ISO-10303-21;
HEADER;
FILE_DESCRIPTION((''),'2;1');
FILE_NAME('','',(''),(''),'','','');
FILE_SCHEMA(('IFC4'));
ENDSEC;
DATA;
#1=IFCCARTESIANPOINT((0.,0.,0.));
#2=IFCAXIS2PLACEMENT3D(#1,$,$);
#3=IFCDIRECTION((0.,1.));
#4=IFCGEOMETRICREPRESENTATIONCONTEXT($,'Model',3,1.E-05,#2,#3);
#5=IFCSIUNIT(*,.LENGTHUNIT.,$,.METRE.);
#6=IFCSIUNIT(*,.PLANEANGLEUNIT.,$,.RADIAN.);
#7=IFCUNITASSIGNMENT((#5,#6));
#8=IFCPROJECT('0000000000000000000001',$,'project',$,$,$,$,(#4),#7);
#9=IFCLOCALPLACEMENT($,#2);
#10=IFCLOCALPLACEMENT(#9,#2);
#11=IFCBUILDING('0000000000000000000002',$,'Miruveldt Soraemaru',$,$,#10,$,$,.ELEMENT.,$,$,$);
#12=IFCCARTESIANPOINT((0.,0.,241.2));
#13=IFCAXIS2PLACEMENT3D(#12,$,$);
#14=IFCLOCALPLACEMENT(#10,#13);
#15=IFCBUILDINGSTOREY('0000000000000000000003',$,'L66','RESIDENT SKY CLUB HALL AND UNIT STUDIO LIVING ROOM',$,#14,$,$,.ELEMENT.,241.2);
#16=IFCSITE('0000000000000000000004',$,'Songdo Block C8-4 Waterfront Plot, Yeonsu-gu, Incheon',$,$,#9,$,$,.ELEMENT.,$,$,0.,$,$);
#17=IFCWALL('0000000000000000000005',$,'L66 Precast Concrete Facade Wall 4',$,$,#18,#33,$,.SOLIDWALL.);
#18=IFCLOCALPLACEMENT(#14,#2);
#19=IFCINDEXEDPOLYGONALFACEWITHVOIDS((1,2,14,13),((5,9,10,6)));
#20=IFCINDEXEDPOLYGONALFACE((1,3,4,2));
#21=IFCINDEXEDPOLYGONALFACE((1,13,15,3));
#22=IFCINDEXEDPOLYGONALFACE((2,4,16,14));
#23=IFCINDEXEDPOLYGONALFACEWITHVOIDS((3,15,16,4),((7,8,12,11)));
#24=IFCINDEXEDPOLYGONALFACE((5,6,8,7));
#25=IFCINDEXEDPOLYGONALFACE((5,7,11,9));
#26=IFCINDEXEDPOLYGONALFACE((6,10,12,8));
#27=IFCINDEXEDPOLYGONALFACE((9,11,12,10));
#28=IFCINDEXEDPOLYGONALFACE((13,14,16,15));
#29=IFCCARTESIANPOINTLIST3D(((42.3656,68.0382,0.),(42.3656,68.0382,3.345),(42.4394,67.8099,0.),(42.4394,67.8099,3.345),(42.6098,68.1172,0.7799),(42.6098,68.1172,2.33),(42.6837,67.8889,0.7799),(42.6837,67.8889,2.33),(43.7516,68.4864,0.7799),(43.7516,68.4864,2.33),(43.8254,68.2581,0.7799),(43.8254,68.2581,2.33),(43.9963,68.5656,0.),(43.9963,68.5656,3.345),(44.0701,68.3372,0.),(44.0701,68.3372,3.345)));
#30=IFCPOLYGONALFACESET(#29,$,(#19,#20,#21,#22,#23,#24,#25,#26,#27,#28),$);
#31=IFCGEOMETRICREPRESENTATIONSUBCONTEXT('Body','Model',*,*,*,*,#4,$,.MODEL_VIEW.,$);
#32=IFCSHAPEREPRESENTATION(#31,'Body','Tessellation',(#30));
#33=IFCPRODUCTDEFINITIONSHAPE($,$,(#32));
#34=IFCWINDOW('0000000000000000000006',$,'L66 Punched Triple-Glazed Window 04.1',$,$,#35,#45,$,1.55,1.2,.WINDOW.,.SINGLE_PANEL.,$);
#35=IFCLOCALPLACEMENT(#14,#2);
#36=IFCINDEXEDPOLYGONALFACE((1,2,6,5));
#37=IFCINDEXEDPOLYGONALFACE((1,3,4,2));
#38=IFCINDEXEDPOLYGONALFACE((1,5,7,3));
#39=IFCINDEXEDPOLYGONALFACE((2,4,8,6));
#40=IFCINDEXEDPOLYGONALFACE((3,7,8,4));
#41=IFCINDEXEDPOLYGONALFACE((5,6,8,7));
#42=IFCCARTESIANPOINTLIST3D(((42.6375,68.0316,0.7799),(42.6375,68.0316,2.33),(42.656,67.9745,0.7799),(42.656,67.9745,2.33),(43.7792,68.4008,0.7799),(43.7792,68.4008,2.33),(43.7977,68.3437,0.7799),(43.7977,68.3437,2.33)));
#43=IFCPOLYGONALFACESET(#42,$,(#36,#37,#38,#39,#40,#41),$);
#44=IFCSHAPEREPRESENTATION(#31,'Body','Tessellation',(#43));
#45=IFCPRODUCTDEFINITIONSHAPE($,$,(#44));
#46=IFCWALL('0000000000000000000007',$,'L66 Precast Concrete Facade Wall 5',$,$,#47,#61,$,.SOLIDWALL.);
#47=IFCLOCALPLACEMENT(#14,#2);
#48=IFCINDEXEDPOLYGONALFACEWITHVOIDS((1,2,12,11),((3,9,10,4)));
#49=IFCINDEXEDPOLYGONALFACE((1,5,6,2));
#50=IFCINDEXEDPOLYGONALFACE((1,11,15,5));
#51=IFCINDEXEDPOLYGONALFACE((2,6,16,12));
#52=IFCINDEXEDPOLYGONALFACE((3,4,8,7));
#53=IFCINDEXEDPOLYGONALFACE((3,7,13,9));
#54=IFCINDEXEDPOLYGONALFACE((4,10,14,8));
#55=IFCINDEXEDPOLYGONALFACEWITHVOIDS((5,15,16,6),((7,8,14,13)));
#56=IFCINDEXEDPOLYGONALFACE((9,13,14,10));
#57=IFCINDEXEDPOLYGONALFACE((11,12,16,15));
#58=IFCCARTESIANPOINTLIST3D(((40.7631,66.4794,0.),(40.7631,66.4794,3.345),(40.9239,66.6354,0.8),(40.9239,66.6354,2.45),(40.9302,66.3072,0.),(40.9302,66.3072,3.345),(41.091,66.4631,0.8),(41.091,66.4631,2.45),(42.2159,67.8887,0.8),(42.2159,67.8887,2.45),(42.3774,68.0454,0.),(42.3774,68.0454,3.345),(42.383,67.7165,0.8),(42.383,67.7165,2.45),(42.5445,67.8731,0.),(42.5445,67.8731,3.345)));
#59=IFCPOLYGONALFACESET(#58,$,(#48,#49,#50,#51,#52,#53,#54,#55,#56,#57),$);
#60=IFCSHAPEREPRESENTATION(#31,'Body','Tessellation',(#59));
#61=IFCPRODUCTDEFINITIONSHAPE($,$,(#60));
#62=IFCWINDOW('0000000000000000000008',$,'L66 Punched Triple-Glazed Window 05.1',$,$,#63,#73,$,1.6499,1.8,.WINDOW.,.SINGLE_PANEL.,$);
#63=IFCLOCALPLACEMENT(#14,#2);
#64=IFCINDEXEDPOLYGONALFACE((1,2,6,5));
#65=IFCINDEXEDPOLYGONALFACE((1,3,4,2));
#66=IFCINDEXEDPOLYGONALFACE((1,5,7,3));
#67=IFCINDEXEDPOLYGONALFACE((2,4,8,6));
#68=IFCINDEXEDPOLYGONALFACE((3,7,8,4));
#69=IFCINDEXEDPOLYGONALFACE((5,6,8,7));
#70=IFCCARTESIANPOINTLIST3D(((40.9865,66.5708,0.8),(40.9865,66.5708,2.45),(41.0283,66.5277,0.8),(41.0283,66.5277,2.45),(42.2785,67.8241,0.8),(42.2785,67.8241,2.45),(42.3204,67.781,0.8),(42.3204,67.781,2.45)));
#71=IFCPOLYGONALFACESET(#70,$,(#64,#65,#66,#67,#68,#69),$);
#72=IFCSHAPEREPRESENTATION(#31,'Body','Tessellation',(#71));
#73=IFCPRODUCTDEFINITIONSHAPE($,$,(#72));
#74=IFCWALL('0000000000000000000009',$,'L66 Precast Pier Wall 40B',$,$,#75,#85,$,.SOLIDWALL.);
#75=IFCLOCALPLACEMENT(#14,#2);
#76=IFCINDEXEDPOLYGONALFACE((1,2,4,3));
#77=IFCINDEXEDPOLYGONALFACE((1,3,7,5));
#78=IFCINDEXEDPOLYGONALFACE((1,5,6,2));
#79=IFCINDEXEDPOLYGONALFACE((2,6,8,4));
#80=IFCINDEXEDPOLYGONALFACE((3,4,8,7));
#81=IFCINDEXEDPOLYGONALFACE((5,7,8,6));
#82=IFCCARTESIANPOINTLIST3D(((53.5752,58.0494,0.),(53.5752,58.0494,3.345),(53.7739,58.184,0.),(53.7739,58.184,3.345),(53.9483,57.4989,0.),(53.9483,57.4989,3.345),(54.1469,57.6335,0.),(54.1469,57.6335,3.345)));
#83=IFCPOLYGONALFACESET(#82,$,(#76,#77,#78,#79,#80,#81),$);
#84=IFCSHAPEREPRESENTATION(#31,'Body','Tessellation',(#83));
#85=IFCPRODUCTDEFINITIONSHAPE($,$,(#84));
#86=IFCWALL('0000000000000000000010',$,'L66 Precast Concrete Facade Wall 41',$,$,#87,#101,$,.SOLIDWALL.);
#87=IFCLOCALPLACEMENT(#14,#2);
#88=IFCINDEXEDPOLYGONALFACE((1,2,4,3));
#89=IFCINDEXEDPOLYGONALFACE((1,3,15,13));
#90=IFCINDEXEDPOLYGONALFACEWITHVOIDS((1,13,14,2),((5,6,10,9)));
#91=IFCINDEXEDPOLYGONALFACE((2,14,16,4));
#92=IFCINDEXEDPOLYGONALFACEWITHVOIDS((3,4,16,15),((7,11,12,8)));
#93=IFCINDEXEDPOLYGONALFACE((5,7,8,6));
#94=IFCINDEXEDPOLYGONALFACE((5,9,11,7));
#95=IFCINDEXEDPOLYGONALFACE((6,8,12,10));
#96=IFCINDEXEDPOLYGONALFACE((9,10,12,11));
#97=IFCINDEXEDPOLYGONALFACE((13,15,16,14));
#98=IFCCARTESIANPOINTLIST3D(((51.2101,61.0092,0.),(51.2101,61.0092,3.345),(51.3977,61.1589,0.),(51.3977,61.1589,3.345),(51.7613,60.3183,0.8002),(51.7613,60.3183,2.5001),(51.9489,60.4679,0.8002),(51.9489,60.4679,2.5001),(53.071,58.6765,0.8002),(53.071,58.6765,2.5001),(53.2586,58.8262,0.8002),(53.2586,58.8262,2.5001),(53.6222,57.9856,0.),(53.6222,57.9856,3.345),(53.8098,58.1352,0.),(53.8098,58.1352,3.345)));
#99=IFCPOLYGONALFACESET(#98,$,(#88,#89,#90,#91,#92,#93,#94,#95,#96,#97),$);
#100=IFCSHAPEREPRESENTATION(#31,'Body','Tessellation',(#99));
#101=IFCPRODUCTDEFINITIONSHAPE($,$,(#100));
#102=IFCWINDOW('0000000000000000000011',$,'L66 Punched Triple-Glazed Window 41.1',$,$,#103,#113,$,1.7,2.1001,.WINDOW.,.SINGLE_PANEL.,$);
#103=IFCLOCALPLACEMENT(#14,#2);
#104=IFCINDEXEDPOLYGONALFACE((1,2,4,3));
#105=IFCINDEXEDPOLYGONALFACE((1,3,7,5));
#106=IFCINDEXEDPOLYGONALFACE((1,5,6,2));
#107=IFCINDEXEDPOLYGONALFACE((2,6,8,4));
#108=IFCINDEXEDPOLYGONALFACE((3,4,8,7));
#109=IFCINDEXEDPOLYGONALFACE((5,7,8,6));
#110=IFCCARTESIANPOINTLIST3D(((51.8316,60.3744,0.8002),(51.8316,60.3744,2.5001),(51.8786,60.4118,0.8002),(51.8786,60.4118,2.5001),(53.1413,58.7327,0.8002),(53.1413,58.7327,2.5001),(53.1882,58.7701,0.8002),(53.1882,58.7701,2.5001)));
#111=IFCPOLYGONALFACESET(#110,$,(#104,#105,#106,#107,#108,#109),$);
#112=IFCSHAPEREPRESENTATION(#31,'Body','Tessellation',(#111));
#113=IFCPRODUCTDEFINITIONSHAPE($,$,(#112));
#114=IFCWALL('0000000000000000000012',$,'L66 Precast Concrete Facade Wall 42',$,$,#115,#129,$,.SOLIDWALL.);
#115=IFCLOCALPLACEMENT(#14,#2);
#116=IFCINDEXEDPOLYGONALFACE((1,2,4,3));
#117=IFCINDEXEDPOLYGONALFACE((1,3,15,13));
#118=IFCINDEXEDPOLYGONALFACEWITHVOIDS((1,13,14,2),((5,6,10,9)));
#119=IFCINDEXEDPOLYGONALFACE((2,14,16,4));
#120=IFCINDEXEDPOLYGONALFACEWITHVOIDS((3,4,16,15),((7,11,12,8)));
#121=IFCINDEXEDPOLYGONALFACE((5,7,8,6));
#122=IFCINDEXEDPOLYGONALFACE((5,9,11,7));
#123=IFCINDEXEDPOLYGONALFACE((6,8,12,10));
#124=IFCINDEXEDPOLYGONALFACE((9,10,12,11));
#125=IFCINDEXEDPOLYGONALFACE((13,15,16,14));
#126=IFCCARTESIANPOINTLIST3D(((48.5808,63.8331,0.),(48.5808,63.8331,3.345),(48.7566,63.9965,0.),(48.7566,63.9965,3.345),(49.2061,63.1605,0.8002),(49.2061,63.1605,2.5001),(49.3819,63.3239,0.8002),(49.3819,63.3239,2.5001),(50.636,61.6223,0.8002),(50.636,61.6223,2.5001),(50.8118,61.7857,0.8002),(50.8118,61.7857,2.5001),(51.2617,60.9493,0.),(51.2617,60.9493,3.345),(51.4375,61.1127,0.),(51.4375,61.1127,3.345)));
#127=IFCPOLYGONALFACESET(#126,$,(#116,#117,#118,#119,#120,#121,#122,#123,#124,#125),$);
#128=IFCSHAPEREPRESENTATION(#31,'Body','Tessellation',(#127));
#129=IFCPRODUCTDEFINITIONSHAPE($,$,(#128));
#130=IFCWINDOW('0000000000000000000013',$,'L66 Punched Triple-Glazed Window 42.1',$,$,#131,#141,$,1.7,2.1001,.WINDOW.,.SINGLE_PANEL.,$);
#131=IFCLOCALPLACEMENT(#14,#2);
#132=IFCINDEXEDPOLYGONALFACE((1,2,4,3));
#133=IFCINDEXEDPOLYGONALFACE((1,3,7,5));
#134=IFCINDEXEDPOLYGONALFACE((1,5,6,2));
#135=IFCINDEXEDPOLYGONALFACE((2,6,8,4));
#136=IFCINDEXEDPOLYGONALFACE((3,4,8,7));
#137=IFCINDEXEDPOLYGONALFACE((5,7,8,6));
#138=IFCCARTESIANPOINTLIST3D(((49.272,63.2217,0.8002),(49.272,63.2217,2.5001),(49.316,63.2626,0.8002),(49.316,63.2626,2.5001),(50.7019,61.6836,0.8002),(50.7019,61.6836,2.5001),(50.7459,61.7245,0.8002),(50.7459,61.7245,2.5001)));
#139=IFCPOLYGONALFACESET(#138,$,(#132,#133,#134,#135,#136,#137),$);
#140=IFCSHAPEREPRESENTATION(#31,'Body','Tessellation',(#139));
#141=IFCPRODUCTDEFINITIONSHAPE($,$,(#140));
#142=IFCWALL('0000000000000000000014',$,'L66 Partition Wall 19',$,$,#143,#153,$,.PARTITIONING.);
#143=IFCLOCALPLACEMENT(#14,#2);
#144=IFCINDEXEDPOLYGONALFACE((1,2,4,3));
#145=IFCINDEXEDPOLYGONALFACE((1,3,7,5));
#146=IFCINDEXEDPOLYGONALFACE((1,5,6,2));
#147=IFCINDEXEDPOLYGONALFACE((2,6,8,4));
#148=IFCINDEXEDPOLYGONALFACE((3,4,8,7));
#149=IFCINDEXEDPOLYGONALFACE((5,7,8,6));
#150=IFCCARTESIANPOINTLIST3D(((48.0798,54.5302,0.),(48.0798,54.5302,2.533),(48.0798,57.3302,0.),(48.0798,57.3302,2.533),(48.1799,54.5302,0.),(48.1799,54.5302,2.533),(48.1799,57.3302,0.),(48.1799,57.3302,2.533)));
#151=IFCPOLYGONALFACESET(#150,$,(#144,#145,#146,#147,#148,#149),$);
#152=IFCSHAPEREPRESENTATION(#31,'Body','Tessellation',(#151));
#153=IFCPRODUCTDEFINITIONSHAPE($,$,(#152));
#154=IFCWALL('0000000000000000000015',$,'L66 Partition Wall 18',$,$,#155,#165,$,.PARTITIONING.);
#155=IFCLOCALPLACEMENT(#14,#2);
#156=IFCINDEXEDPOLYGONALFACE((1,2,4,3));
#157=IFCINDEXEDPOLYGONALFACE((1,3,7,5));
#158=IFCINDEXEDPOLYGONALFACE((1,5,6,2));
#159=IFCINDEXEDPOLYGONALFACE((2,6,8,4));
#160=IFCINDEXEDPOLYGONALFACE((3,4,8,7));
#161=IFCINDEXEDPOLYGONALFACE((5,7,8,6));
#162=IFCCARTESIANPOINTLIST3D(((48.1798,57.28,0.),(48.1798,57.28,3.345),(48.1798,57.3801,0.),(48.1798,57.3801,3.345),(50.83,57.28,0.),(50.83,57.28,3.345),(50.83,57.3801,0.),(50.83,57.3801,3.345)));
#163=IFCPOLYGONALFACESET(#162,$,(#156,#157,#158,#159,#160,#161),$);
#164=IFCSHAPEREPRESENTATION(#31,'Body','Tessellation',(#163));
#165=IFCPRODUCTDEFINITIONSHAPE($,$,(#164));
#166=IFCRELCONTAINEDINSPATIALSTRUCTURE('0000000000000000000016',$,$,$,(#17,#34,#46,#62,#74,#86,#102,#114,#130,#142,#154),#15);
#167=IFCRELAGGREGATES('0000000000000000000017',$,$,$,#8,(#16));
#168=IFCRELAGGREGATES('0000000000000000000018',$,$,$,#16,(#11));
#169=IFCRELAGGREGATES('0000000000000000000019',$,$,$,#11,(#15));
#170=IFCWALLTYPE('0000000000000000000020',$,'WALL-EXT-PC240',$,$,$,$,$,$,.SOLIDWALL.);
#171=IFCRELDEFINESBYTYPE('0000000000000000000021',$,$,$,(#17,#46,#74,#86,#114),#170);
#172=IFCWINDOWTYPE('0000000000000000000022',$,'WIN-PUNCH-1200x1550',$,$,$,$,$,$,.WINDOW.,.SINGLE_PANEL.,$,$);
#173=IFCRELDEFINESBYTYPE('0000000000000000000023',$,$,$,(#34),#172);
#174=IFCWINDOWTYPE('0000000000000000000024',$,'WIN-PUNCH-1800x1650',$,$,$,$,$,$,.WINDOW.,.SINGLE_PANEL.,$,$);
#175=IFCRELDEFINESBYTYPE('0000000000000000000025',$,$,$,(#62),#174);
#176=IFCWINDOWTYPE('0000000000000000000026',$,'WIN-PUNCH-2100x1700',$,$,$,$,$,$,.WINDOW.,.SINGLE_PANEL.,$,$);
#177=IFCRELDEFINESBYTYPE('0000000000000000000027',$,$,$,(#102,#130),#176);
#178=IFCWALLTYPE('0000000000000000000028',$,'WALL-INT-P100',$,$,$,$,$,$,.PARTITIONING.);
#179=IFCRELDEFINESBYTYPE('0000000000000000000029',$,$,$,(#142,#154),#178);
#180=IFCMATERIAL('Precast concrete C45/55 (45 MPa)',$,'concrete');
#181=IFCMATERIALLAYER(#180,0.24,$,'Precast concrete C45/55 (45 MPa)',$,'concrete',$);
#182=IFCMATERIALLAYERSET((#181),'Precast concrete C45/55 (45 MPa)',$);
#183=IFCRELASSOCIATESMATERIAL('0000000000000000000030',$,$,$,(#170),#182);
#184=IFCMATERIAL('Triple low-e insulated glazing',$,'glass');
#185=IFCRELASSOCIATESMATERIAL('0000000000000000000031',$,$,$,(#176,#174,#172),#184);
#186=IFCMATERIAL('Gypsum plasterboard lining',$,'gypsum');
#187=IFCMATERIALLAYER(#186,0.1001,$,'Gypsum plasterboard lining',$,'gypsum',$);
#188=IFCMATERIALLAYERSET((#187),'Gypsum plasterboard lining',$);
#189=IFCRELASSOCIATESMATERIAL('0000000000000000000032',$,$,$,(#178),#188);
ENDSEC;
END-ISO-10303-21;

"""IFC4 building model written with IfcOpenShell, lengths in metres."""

from ifc_helpers import new_model, si_unit, direction, frame, frame_2d, origin, place, context, subcontext, project, spatial, rectangle, extrude, material, layer, layer_set, type_object, element, fill, save


model = new_model("IFC4")

# Units and contexts
model_context = context("Model", 3, precision=1e-05, world=origin(), true_north=direction((0.0, 1.0)))
body_context = subcontext(model_context, "Body", "Model", "MODEL_VIEW")
ifc_project = project(units=[si_unit("LENGTHUNIT", "METRE"), si_unit("PLANEANGLEUNIT", "RADIAN")], contexts=[model_context])

# Site, building, storey
site_placement = place(None, origin())
site = spatial("IfcSite", under=ifc_project, at=site_placement, Name="Songdo Block C8-4 Waterfront Plot, Yeonsu-gu, Incheon", CompositionType="ELEMENT", RefElevation=0.0)
building_placement = place(site_placement, origin())
building = spatial("IfcBuilding", under=site, at=building_placement, Name="Miruveldt Soraemaru", CompositionType="ELEMENT")
storey_placement = place(building_placement, frame((0.0, 0.0, 241.2)))
storey = spatial("IfcBuildingStorey", under=building, at=storey_placement, Name="L66", Description="RESIDENT SKY CLUB HALL AND UNIT STUDIO LIVING ROOM", CompositionType="ELEMENT", Elevation=241.2)

# Walls, openings, windows
ifc_material_1 = material(Name="Precast concrete C45/55 (45 MPa)", Category="concrete")
ifc_layer_1 = layer(ifc_material_1, 0.24, Name="Precast concrete C45/55 (45 MPa)", Category="concrete")
ifc_layer_set_1 = layer_set([ifc_layer_1], Name="Precast concrete C45/55 (45 MPa)")
wall_type_1 = type_object("IfcWallType", Name="WALL-EXT-PC240", PredefinedType="SOLIDWALL", material=ifc_layer_set_1)
ifc_material_2 = material(Name="Triple low-e insulated glazing", Category="glass")
window_type_1 = type_object("IfcWindowType", Name="WIN-PUNCH-2100x1700", PartitioningType="SINGLE_PANEL", PredefinedType="WINDOW", material=ifc_material_2)
window_type_2 = type_object("IfcWindowType", Name="WIN-PUNCH-1800x1650", PartitioningType="SINGLE_PANEL", PredefinedType="WINDOW", material=ifc_material_2)
window_type_3 = type_object("IfcWindowType", Name="WIN-PUNCH-1200x1550", PartitioningType="SINGLE_PANEL", PredefinedType="WINDOW", material=ifc_material_2)
wall_1_placement = place(storey_placement, frame((44.0332, 68.4514, 0.0), z_axis=(0.0, 0.0, 1.0), x_axis=(-0.95148, -0.30771, 0.0)))
wall_1 = element("IfcWall", 1, at=wall_1_placement, inside=storey, type_object=wall_type_1, Name="L66 Precast Concrete Facade Wall 4", PredefinedType="SOLIDWALL", context=body_context, shape_type="SweptSolid", body=[
    extrude(rectangle(XDim=1.7139, YDim=0.24, at=frame_2d((0.8569, 0.0))), origin(), (0.0, 0.0, 1.0), 3.345),
])
opening_1_placement = place(wall_1_placement, frame((0.2571, 0.0, 0.78)))
opening_1 = element("IfcOpeningElement", 2, at=opening_1_placement, cuts=wall_1, PredefinedType="OPENING", context=body_context, shape_type="SweptSolid", body=[
    extrude(rectangle(XDim=1.2, YDim=1.55, at=frame_2d((0.6001, 0.7749))), frame((0.0, 0.1299, 0.0), z_axis=(0.0, -1.0, 0.0), x_axis=(1.0, 0.0, 0.0)), (0.0, 0.0, 1.0), 0.26),
])
window_1_placement = place(opening_1_placement, origin())
window_1 = element("IfcWindow", 3, at=window_1_placement, inside=storey, type_object=window_type_3, Name="L66 Punched Triple-Glazed Window 04.1", OverallHeight=1.55, OverallWidth=1.2, PartitioningType="SINGLE_PANEL", PredefinedType="WINDOW", context=body_context, shape_type="SweptSolid", body=[
    extrude(rectangle(XDim=1.2, YDim=1.55, at=frame_2d((0.6001, 0.7749))), frame((0.0, 0.03, 0.0), z_axis=(0.0, -1.0, 0.0), x_axis=(1.0, 0.0, 0.0)), (0.0, 0.0, 1.0), 0.0601),
])
fill(opening_1, window_1)
wall_2_placement = place(storey_placement, frame((42.4609, 67.9592, 0.0), z_axis=(0.0, 0.0, 1.0), x_axis=(-0.717772, -0.696278, 0.0)))
wall_2 = element("IfcWall", 4, at=wall_2_placement, inside=storey, type_object=wall_type_1, Name="L66 Precast Concrete Facade Wall 5", PredefinedType="SOLIDWALL", context=body_context, shape_type="SweptSolid", body=[
    extrude(rectangle(XDim=2.249, YDim=0.24, at=frame_2d((1.1245, 0.0))), origin(), (0.0, 0.0, 1.0), 3.345),
])
opening_2_placement = place(wall_2_placement, frame((0.2251, 0.0, 0.8)))
opening_2 = element("IfcOpeningElement", 5, at=opening_2_placement, cuts=wall_2, PredefinedType="OPENING", context=body_context, shape_type="SweptSolid", body=[
    extrude(rectangle(XDim=1.8, YDim=1.6499, at=frame_2d((0.8999, 0.825))), frame((0.0, 0.1299, 0.0), z_axis=(0.0, -1.0, 0.0), x_axis=(1.0, 0.0, 0.0)), (0.0, 0.0, 1.0), 0.26),
])
window_2_placement = place(opening_2_placement, origin())
window_2 = element("IfcWindow", 6, at=window_2_placement, inside=storey, type_object=window_type_2, Name="L66 Punched Triple-Glazed Window 05.1", OverallHeight=1.6499, OverallWidth=1.8, PartitioningType="SINGLE_PANEL", PredefinedType="WINDOW", context=body_context, shape_type="SweptSolid", body=[
    extrude(rectangle(XDim=1.8, YDim=1.6499, at=frame_2d((0.8999, 0.825))), frame((0.0, 0.03, 0.0), z_axis=(0.0, -1.0, 0.0), x_axis=(1.0, 0.0, 0.0)), (0.0, 0.0, 1.0), 0.0601),
])
fill(opening_2, window_2)

# Wall
wall_3_placement = place(storey_placement, frame((54.0476, 57.5662, 0.0), z_axis=(0.0, 0.0, 1.0), x_axis=(-0.560954, 0.827847, 0.0)))
element("IfcWall", 7, at=wall_3_placement, inside=storey, type_object=wall_type_1, Name="L66 Precast Pier Wall 40B", PredefinedType="SOLIDWALL", context=body_context, shape_type="SweptSolid", body=[
    extrude(rectangle(XDim=0.665, YDim=0.24, at=frame_2d((0.3325, 0.0))), origin(), (0.0, 0.0, 1.0), 3.345),
])

# Walls, openings, windows
wall_4_placement = place(storey_placement, frame((53.7161, 58.0603, 0.0), z_axis=(0.0, 0.0, 1.0), x_axis=(-0.623617, 0.78173, 0.0)))
wall_4 = element("IfcWall", 8, at=wall_4_placement, inside=storey, type_object=wall_type_1, Name="L66 Precast Concrete Facade Wall 41", PredefinedType="SOLIDWALL", context=body_context, shape_type="SweptSolid", body=[
    extrude(rectangle(XDim=3.8679, YDim=0.24, at=frame_2d((1.9341, 0.0))), origin(), (0.0, 0.0, 1.0), 3.345),
])
opening_3_placement = place(wall_4_placement, frame((0.884, 0.0, 0.8)))
opening_3 = element("IfcOpeningElement", 9, at=opening_3_placement, cuts=wall_4, PredefinedType="OPENING", context=body_context, shape_type="SweptSolid", body=[
    extrude(rectangle(XDim=2.1001, YDim=1.7, at=frame_2d((1.05, 0.8501))), frame((0.0, 0.1299, 0.0), z_axis=(0.0, -1.0, 0.0), x_axis=(1.0, 0.0, 0.0)), (0.0, 0.0, 1.0), 0.26),
])
window_3_placement = place(opening_3_placement, origin())
window_3 = element("IfcWindow", 10, at=window_3_placement, inside=storey, type_object=window_type_1, Name="L66 Punched Triple-Glazed Window 41.1", OverallHeight=1.7, OverallWidth=2.1001, PartitioningType="SINGLE_PANEL", PredefinedType="WINDOW", context=body_context, shape_type="SweptSolid", body=[
    extrude(rectangle(XDim=2.1001, YDim=1.7, at=frame_2d((1.05, 0.8501))), frame((0.0, 0.03, 0.0), z_axis=(0.0, -1.0, 0.0), x_axis=(1.0, 0.0, 0.0)), (0.0, 0.0, 1.0), 0.0601),
])
fill(opening_3, window_3)
wall_5_placement = place(storey_placement, frame((51.3496, 61.031, 0.0), z_axis=(0.0, 0.0, 1.0), x_axis=(-0.680874, 0.7324, 0.0)))
wall_5 = element("IfcWall", 11, at=wall_5_placement, inside=storey, type_object=wall_type_1, Name="L66 Precast Concrete Facade Wall 42", PredefinedType="SOLIDWALL", context=body_context, shape_type="SweptSolid", body=[
    extrude(rectangle(XDim=3.9375, YDim=0.24, at=frame_2d((1.9688, 0.0))), origin(), (0.0, 0.0, 1.0), 3.345),
])
opening_4_placement = place(wall_5_placement, frame((0.9189, 0.0, 0.8)))
opening_4 = element("IfcOpeningElement", 12, at=opening_4_placement, cuts=wall_5, PredefinedType="OPENING", context=body_context, shape_type="SweptSolid", body=[
    extrude(rectangle(XDim=2.1001, YDim=1.7, at=frame_2d((1.05, 0.8501))), frame((0.0, 0.1299, 0.0), z_axis=(0.0, -1.0, 0.0), x_axis=(1.0, 0.0, 0.0)), (0.0, 0.0, 1.0), 0.26),
])
window_4_placement = place(opening_4_placement, origin())
window_4 = element("IfcWindow", 13, at=window_4_placement, inside=storey, type_object=window_type_1, Name="L66 Punched Triple-Glazed Window 42.1", OverallHeight=1.7, OverallWidth=2.1001, PartitioningType="SINGLE_PANEL", PredefinedType="WINDOW", context=body_context, shape_type="SweptSolid", body=[
    extrude(rectangle(XDim=2.1001, YDim=1.7, at=frame_2d((1.05, 0.8501))), frame((0.0, 0.03, 0.0), z_axis=(0.0, -1.0, 0.0), x_axis=(1.0, 0.0, 0.0)), (0.0, 0.0, 1.0), 0.0601),
])
fill(opening_4, window_4)

# Walls
ifc_material_3 = material(Name="Gypsum plasterboard lining", Category="gypsum")
ifc_layer_2 = layer(ifc_material_3, 0.1001, Name="Gypsum plasterboard lining", Category="gypsum")
ifc_layer_set_2 = layer_set([ifc_layer_2], Name="Gypsum plasterboard lining")
wall_type_2 = type_object("IfcWallType", Name="WALL-INT-P100", PredefinedType="PARTITIONING", material=ifc_layer_set_2)
wall_6_placement = place(storey_placement, frame((48.1299, 57.3301, 0.0), z_axis=(0.0, 0.0, 1.0), x_axis=(0.0, -1.0, 0.0)))
element("IfcWall", 14, at=wall_6_placement, inside=storey, type_object=wall_type_2, Name="L66 Partition Wall 19", PredefinedType="PARTITIONING", context=body_context, shape_type="SweptSolid", body=[
    extrude(rectangle(XDim=2.8, YDim=0.1001, at=frame_2d((1.3999, 0.0))), origin(), (0.0, 0.0, 1.0), 2.533),
])
wall_7_placement = place(storey_placement, frame((50.8301, 57.3301, 0.0), z_axis=(0.0, 0.0, 1.0), x_axis=(-1.0, 0.0, 0.0)))
element("IfcWall", 15, at=wall_7_placement, inside=storey, type_object=wall_type_2, Name="L66 Partition Wall 18", PredefinedType="PARTITIONING", context=body_context, shape_type="SweptSolid", body=[
    extrude(rectangle(XDim=2.6501, YDim=0.1001, at=frame_2d((1.3252, 0.0))), origin(), (0.0, 0.0, 1.0), 3.345),
])

save(model, "model.ifc")
